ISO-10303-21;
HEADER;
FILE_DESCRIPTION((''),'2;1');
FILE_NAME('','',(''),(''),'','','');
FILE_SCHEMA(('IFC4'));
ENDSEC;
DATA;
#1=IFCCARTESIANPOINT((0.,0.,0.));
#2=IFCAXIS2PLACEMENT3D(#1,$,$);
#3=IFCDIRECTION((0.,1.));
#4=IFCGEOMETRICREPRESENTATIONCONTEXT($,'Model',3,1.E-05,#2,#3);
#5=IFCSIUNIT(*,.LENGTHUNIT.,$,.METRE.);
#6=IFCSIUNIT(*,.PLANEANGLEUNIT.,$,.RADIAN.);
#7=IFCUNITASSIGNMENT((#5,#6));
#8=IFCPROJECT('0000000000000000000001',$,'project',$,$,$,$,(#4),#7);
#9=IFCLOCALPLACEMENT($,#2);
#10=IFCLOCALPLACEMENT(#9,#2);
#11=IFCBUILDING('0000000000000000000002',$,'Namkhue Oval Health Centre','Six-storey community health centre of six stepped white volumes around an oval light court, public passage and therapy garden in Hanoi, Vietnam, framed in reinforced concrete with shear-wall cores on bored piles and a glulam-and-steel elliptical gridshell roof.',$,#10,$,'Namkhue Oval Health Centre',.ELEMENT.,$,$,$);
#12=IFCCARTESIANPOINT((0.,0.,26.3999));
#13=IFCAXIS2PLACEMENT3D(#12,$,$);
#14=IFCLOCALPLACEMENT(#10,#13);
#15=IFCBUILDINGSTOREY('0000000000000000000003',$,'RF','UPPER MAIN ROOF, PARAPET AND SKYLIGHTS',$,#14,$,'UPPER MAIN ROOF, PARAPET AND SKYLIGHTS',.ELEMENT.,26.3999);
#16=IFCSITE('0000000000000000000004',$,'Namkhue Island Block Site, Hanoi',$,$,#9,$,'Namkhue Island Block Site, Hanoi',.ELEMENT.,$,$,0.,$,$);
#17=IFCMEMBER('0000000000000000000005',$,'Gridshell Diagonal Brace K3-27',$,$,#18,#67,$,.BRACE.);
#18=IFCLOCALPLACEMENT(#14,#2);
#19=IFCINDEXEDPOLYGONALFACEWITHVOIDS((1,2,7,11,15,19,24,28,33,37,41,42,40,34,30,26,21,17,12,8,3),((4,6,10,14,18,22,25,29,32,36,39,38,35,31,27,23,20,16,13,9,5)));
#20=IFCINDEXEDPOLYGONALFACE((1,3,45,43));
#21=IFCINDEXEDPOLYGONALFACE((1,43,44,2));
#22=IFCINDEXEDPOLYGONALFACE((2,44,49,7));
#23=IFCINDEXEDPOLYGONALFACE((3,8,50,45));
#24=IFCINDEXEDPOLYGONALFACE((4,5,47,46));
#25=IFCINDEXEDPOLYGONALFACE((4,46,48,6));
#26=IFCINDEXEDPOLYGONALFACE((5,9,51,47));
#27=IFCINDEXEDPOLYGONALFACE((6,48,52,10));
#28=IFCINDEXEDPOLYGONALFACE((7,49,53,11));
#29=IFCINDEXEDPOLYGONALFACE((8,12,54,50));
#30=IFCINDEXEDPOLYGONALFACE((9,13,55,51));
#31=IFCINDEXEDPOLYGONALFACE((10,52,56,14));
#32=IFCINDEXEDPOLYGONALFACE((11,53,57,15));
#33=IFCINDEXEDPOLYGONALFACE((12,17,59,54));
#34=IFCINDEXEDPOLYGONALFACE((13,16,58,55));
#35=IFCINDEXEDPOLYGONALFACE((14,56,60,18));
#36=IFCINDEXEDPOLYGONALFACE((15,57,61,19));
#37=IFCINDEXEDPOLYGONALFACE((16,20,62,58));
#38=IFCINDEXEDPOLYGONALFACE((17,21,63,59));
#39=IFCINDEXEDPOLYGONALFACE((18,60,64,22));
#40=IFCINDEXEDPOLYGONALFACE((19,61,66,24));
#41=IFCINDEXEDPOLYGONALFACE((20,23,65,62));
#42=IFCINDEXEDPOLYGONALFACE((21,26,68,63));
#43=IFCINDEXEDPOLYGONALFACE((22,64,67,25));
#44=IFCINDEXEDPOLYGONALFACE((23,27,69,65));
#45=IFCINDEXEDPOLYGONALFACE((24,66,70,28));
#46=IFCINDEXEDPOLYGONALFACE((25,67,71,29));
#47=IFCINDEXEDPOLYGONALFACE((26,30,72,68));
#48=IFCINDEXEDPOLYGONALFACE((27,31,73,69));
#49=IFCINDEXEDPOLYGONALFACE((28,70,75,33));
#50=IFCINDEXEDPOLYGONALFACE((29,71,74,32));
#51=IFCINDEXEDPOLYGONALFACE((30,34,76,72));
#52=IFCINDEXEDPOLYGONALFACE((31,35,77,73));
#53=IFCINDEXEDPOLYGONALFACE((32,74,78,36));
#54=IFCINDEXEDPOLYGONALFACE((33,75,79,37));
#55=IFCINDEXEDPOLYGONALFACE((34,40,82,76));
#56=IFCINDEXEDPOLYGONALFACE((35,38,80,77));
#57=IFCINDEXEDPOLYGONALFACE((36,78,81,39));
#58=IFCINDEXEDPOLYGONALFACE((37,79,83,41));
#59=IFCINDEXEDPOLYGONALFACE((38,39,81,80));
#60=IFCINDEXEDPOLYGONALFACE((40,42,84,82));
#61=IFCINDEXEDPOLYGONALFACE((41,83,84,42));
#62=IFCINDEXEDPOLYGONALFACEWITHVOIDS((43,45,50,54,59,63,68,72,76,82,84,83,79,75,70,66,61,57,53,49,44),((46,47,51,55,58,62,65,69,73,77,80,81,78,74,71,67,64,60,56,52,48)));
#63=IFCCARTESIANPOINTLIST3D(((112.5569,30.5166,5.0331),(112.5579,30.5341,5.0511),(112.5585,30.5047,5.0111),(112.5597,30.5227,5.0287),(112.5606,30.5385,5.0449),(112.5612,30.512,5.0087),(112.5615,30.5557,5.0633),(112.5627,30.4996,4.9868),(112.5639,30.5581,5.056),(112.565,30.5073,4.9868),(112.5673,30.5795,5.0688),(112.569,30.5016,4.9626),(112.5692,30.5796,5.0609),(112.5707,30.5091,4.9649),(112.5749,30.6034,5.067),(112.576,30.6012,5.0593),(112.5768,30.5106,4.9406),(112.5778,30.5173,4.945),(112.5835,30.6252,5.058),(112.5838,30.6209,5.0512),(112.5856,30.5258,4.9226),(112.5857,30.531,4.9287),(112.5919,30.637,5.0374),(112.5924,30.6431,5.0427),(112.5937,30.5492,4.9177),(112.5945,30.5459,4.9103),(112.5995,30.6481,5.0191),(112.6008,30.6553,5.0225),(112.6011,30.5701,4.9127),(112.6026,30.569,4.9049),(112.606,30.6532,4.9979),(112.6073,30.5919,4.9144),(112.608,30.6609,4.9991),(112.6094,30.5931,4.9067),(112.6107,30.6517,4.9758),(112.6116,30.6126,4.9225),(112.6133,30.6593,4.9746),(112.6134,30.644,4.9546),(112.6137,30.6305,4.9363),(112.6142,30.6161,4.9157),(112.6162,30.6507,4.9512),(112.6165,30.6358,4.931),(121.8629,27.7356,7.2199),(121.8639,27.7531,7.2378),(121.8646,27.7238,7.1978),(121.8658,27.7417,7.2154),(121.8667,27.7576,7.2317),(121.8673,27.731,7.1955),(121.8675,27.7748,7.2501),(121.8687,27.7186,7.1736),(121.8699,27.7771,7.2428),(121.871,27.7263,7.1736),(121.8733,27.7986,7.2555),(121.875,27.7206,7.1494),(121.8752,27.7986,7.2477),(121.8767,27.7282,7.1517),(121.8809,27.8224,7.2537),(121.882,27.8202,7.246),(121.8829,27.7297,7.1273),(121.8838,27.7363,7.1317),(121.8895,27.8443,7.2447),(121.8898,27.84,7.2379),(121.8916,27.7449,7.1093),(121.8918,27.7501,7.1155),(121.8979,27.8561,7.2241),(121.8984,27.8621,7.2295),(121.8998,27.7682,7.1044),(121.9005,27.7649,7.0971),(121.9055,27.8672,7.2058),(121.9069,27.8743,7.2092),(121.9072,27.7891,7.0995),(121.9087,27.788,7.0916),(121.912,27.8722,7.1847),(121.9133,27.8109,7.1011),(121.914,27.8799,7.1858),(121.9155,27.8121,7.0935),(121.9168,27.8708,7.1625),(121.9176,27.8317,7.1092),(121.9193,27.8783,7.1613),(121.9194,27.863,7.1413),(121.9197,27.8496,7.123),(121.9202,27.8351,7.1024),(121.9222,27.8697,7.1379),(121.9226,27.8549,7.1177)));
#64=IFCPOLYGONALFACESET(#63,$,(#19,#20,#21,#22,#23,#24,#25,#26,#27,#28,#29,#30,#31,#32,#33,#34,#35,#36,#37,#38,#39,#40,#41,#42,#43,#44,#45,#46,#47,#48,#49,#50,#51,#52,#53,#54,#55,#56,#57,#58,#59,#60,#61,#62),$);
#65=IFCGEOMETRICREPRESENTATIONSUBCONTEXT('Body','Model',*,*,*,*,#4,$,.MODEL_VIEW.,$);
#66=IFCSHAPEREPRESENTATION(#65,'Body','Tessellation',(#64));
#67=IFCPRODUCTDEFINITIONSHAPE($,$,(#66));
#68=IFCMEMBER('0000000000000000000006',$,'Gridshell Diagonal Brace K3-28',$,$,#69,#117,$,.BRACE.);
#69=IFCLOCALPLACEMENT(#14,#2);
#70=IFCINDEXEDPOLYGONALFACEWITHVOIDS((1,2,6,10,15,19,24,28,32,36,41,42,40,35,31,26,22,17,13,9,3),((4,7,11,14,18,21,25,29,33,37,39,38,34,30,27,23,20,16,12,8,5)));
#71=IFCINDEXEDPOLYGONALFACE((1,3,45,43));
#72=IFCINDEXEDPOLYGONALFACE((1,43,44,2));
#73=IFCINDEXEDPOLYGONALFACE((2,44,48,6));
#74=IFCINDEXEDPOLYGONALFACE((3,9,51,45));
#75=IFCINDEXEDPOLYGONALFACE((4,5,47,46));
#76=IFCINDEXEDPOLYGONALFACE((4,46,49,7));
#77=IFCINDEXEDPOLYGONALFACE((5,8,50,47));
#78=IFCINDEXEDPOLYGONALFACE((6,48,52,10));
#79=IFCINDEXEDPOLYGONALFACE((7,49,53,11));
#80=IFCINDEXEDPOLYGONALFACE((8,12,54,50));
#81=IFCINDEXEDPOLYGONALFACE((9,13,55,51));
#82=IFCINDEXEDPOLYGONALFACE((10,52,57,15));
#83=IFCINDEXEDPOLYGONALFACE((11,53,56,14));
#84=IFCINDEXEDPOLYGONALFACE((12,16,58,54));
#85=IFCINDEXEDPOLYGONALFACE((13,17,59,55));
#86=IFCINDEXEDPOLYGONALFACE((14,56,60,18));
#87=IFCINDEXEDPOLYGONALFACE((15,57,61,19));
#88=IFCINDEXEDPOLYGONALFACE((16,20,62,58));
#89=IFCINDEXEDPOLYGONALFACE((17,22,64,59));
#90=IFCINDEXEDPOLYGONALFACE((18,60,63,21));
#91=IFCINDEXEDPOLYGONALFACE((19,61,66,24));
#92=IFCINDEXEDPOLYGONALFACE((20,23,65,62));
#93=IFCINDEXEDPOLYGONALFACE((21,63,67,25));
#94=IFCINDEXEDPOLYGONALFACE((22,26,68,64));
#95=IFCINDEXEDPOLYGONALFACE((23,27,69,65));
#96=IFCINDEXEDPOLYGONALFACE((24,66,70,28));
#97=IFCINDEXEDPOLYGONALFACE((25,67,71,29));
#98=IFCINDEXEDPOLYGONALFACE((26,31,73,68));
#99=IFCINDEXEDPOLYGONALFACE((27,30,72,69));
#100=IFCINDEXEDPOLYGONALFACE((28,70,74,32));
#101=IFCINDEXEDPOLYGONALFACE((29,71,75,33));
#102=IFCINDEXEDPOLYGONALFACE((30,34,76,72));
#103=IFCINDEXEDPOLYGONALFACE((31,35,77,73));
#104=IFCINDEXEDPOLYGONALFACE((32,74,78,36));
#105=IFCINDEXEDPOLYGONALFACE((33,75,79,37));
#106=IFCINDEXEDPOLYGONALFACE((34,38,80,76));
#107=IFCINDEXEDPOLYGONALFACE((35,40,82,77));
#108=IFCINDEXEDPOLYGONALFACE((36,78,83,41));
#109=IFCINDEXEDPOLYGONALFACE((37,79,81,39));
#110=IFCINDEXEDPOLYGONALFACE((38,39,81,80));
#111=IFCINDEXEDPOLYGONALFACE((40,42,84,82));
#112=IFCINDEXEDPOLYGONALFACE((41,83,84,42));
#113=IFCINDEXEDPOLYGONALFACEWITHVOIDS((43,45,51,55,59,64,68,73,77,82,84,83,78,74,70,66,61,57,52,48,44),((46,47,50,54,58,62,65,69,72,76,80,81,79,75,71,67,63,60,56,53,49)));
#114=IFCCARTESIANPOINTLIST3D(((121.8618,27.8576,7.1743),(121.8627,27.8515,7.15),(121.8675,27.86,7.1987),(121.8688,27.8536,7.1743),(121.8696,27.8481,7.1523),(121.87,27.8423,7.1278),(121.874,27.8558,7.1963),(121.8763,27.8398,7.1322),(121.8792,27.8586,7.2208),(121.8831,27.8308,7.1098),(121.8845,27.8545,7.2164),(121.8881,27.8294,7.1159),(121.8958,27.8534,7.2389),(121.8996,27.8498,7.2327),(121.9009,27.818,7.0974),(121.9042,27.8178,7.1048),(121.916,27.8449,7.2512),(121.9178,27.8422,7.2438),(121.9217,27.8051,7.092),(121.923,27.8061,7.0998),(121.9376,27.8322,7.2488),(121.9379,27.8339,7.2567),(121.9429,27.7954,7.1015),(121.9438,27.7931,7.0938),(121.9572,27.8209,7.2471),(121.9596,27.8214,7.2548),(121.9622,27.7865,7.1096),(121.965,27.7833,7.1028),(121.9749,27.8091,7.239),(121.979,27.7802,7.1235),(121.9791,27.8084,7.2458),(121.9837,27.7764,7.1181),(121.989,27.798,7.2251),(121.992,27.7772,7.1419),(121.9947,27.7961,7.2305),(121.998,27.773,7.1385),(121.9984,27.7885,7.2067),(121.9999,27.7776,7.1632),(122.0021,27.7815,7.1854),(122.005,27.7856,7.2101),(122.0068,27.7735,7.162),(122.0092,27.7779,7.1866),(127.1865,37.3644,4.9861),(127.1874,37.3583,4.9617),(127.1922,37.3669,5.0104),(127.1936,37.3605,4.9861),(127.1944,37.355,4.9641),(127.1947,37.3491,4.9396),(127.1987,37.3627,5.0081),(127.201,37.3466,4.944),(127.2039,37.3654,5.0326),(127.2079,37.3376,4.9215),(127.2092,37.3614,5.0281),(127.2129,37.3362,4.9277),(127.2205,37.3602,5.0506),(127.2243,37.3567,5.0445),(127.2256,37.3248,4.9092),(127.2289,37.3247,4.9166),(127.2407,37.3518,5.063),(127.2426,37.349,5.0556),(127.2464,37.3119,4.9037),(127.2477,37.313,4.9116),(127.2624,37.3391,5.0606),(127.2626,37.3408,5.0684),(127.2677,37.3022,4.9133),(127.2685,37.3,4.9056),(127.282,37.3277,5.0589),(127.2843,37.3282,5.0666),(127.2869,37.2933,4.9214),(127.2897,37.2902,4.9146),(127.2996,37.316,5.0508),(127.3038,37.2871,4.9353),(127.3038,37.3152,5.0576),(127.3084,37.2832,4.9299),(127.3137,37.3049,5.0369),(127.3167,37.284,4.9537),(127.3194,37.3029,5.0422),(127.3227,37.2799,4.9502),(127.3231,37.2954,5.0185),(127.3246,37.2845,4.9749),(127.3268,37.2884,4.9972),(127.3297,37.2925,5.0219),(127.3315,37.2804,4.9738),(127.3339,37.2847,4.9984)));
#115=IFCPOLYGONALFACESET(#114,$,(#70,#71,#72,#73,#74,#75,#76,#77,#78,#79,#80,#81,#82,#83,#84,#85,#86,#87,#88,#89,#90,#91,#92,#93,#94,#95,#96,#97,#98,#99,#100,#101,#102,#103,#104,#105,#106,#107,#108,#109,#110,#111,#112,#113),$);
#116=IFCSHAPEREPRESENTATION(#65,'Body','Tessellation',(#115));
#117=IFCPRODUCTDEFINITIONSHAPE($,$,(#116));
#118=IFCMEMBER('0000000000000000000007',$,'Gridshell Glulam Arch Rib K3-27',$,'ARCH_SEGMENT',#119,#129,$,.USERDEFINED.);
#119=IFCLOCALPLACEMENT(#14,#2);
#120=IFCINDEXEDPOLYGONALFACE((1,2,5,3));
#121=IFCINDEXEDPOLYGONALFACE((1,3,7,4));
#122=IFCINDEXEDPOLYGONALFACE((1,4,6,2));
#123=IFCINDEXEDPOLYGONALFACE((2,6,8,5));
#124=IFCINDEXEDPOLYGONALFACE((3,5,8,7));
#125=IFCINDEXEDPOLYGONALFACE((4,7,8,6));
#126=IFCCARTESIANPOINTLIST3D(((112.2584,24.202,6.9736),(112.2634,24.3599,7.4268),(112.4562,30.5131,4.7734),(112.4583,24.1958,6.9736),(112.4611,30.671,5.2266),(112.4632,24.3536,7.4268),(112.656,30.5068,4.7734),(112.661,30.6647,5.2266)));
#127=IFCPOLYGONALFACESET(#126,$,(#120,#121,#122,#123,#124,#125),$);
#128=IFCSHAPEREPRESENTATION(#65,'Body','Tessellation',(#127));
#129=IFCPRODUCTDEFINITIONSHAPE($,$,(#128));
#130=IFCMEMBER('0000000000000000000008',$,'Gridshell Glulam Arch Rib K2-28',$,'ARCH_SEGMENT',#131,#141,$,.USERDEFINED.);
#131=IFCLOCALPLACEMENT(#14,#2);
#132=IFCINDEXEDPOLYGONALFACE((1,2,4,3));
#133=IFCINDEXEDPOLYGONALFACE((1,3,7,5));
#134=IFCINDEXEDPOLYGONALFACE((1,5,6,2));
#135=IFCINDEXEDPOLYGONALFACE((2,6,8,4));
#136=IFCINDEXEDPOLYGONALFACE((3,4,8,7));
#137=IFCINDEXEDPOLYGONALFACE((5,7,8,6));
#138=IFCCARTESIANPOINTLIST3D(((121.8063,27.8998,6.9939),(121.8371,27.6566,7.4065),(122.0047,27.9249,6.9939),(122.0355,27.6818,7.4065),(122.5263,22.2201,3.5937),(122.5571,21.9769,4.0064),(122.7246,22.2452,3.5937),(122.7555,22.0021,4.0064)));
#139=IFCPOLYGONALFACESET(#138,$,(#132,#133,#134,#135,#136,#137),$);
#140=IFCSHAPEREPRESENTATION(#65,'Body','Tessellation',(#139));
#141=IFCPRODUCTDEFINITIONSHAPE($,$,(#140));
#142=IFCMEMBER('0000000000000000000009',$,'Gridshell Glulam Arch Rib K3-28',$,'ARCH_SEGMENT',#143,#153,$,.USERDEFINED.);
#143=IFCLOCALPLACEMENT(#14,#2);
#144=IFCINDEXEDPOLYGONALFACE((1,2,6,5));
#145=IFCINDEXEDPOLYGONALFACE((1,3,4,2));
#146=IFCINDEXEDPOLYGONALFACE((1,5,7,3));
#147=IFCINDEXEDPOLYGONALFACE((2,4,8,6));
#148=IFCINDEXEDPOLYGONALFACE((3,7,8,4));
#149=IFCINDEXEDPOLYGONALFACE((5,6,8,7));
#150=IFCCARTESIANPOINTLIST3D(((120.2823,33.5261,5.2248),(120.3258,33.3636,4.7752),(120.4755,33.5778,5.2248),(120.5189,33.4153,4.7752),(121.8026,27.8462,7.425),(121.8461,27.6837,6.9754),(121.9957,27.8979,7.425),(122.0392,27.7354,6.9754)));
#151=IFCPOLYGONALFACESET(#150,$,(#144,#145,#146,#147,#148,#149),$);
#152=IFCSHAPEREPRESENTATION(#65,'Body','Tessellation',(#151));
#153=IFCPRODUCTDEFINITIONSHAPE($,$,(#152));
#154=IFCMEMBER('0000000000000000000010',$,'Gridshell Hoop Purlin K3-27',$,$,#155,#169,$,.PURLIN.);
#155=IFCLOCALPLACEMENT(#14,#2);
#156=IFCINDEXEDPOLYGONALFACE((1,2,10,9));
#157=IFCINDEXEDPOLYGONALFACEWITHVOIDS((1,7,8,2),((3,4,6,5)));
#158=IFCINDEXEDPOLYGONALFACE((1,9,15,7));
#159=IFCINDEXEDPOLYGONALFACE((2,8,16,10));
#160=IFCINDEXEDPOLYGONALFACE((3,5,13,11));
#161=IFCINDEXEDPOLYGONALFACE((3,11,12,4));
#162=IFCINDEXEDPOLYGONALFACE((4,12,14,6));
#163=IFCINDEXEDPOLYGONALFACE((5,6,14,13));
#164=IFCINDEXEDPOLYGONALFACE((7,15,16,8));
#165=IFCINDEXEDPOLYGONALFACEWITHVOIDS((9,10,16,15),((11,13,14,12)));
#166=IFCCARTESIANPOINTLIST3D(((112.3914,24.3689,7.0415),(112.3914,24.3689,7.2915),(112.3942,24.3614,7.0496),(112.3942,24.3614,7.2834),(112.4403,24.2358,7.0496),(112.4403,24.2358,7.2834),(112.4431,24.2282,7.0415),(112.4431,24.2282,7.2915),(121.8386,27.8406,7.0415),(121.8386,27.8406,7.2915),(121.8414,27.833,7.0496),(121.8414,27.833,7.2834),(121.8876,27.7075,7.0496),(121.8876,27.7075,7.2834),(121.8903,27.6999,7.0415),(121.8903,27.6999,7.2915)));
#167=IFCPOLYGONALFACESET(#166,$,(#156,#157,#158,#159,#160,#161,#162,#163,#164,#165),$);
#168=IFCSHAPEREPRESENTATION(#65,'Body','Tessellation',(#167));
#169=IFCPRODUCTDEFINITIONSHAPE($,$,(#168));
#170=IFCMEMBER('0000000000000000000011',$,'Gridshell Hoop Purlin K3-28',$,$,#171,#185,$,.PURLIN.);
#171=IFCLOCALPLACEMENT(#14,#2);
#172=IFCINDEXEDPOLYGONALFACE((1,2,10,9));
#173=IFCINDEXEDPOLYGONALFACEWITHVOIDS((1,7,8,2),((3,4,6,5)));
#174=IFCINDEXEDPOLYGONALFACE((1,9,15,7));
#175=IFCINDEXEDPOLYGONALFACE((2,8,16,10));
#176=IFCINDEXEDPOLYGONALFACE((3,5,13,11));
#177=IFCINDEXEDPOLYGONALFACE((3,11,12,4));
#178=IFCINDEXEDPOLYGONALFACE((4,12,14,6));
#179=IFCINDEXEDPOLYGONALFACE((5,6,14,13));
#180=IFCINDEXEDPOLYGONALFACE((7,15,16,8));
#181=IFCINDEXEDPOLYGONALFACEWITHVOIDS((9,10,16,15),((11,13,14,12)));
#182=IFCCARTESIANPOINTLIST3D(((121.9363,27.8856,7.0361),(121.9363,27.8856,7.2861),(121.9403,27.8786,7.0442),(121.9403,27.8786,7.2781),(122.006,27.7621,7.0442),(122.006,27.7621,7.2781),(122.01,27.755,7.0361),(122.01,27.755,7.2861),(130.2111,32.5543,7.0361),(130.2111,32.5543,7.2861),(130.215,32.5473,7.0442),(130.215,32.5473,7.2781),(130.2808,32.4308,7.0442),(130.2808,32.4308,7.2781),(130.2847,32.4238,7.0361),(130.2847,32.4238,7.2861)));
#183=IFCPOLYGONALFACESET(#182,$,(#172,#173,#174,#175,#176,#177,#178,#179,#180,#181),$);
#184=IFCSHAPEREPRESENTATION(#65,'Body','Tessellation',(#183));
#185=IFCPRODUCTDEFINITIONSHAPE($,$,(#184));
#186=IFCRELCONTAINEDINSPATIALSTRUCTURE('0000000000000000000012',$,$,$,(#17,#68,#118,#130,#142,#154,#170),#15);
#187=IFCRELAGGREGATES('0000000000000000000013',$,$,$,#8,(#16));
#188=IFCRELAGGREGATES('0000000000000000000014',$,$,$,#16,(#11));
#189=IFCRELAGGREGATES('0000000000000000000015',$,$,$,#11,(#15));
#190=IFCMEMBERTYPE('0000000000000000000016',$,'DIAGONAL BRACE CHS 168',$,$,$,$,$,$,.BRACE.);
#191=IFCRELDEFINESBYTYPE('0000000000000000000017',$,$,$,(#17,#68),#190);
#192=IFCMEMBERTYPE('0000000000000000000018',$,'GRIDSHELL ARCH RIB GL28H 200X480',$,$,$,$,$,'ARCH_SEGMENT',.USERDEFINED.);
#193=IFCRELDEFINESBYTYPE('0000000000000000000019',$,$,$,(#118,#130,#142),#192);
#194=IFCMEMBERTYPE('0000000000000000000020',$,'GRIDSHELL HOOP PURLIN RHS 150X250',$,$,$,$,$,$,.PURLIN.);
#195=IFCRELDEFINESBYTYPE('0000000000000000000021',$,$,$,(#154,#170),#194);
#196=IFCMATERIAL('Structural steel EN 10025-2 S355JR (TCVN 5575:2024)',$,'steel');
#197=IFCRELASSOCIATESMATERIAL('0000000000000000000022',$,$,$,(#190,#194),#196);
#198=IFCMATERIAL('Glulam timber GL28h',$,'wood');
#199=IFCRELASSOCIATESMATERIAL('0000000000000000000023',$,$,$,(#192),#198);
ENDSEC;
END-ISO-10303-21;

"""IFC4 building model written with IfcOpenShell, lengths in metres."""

from ifc_helpers import new_model, si_unit, direction, frame, origin, origin_2d, place, context, subcontext, project, spatial, rectangle, hollow_rectangle, hollow_circle, extrude, material, material_profile, profile_set, type_object, element, save


model = new_model("IFC4")

# Units and contexts
model_context = context("Model", 3, precision=1e-05, world=origin(), true_north=direction((0.0, 1.0)))
body_context = subcontext(model_context, "Body", "Model", "MODEL_VIEW")
ifc_project = project(units=[si_unit("LENGTHUNIT", "METRE"), si_unit("PLANEANGLEUNIT", "RADIAN")], contexts=[model_context])

# Site, building, storey
site_placement = place(None, origin())
site = spatial("IfcSite", under=ifc_project, at=site_placement, Name="Namkhue Island Block Site, Hanoi", LongName="Namkhue Island Block Site, Hanoi", CompositionType="ELEMENT", RefElevation=0.0)
building_placement = place(site_placement, origin())
building = spatial("IfcBuilding", under=site, at=building_placement, Name="Namkhue Oval Health Centre", Description="Six-storey community health centre of six stepped white volumes around an oval light court, public passage and therapy garden in Hanoi, Vietnam, framed in reinforced concrete with shear-wall cores on bored piles and a glulam-and-steel elliptical gridshell roof.", LongName="Namkhue Oval Health Centre", CompositionType="ELEMENT")
storey_placement = place(building_placement, frame((0.0, 0.0, 26.3999)))
storey = spatial("IfcBuildingStorey", under=building, at=storey_placement, Name="RF", Description="UPPER MAIN ROOF, PARAPET AND SKYLIGHTS", LongName="UPPER MAIN ROOF, PARAPET AND SKYLIGHTS", CompositionType="ELEMENT", Elevation=26.3999)

# Members
ifc_material_1 = material(Name="Structural steel EN 10025-2 S355JR (TCVN 5575:2024)", Category="steel")
ifc_material_profile_1 = material_profile(ifc_material_1, hollow_circle(Radius=0.0842, WallThickness=0.0081, at=origin_2d()), Name="CHS 168.3x8")
ifc_profile_set_1 = profile_set([ifc_material_profile_1], Name="Structural steel EN 10025-2 S355JR (TCVN 5575:2024)")
member_type_1 = type_object("IfcMemberType", Name="DIAGONAL BRACE CHS 168", PredefinedType="BRACE", material=ifc_profile_set_1)
member_1_placement = place(storey_placement, frame((121.8928, 27.7993, 7.1736), z_axis=(-0.934735, 0.279332, -0.219645), x_axis=(-0.286324, -0.958133, 0.0)))
element("IfcMember", 1, at=member_1_placement, inside=storey, type_object=member_type_1, Name="Gridshell Diagonal Brace K3-27", PredefinedType="BRACE", context=body_context, shape_type="SweptSolid", body=[
    extrude(hollow_circle(Radius=0.0842, WallThickness=0.0081, at=origin_2d()), origin(), (0.0, 0.0, 1.0), 9.9558),
])
member_2_placement = place(storey_placement, frame((121.9353, 27.8164, 7.1743), z_axis=(0.479099, 0.855394, -0.19689), x_axis=(-0.872472, 0.488665, 0.0)))
element("IfcMember", 2, at=member_2_placement, inside=storey, type_object=member_type_1, Name="Gridshell Diagonal Brace K3-28", PredefinedType="BRACE", context=body_context, shape_type="SweptSolid", body=[
    extrude(hollow_circle(Radius=0.0842, WallThickness=0.0081, at=origin_2d()), origin(), (0.0, 0.0, 1.0), 11.114),
])
ifc_material_2 = material(Name="Glulam timber GL28h", Category="wood")
ifc_material_profile_2 = material_profile(ifc_material_2, rectangle(XDim=0.2, YDim=0.48, at=origin_2d()), Name="GL28h 200x480")
ifc_profile_set_2 = profile_set([ifc_material_profile_2], Name="Glulam timber GL28h")
member_type_2 = type_object("IfcMemberType", Name="GRIDSHELL ARCH RIB GL28H 200X480", ElementType="ARCH_SEGMENT", PredefinedType="USERDEFINED", material=ifc_profile_set_2)
member_3_placement = place(storey_placement, frame((112.3608, 24.2778, 7.2002), z_axis=(0.029575, 0.943849, -0.329051), x_axis=(-0.999509, 0.031319, 0.0)))
element("IfcMember", 3, at=member_3_placement, inside=storey, type_object=member_type_2, Name="Gridshell Glulam Arch Rib K3-27", ObjectType="ARCH_SEGMENT", PredefinedType="USERDEFINED", context=body_context, shape_type="SweptSolid", body=[
    extrude(rectangle(XDim=0.2, YDim=0.48, at=origin_2d()), origin(), (0.0, 0.0, 1.0), 6.6865),
])
member_4_placement = place(storey_placement, frame((122.6409, 22.1111, 3.8), z_axis=(-0.108125, 0.852973, 0.510633), x_axis=(-0.992061, -0.125756, 0.0)))
element("IfcMember", 4, at=member_4_placement, inside=storey, type_object=member_type_2, Name="Gridshell Glulam Arch Rib K2-28", ObjectType="ARCH_SEGMENT", PredefinedType="USERDEFINED", context=body_context, shape_type="SweptSolid", body=[
    extrude(rectangle(XDim=0.2, YDim=0.48, at=origin_2d()), origin(), (0.0, 0.0, 1.0), 6.6587),
])
member_5_placement = place(storey_placement, frame((121.9209, 27.7908, 7.2002), z_axis=(-0.242156, 0.904731, -0.350459), x_axis=(-0.965997, -0.258554, 0.0)))
element("IfcMember", 5, at=member_5_placement, inside=storey, type_object=member_type_2, Name="Gridshell Glulam Arch Rib K3-28", ObjectType="ARCH_SEGMENT", PredefinedType="USERDEFINED", context=body_context, shape_type="SweptSolid", body=[
    extrude(rectangle(XDim=0.2, YDim=0.48, at=origin_2d()), origin(), (0.0, 0.0, 1.0), 6.2781),
])
ifc_material_profile_3 = material_profile(ifc_material_1, hollow_rectangle(XDim=0.1499, YDim=0.25, WallThickness=0.0081, at=origin_2d()), Name="RHS 150x250x8")
ifc_profile_set_3 = profile_set([ifc_material_profile_3], Name="Structural steel EN 10025-2 S355JR (TCVN 5575:2024)")
member_type_3 = type_object("IfcMemberType", Name="GRIDSHELL HOOP PURLIN RHS 150X250", PredefinedType="PURLIN", material=ifc_profile_set_3)
member_6_placement = place(storey_placement, frame((112.4172, 24.2986, 7.1665), z_axis=(0.938629, 0.344927, 0.0), x_axis=(-0.344927, 0.938629, 0.0)))
element("IfcMember", 6, at=member_6_placement, inside=storey, type_object=member_type_3, Name="Gridshell Hoop Purlin K3-27", PredefinedType="PURLIN", context=body_context, shape_type="SweptSolid", body=[
    extrude(hollow_rectangle(XDim=0.1499, YDim=0.25, WallThickness=0.0081, at=origin_2d()), origin(), (0.0, 0.0, 1.0), 10.0649),
])
member_7_placement = place(storey_placement, frame((121.9731, 27.8203, 7.1611), z_axis=(0.870936, 0.491397, 0.0), x_axis=(-0.491397, 0.870936, 0.0)))
element("IfcMember", 7, at=member_7_placement, inside=storey, type_object=member_type_3, Name="Gridshell Hoop Purlin K3-28", PredefinedType="PURLIN", context=body_context, shape_type="SweptSolid", body=[
    extrude(hollow_rectangle(XDim=0.1499, YDim=0.25, WallThickness=0.0081, at=origin_2d()), origin(), (0.0, 0.0, 1.0), 9.501),
])

save(model, "model.ifc")
